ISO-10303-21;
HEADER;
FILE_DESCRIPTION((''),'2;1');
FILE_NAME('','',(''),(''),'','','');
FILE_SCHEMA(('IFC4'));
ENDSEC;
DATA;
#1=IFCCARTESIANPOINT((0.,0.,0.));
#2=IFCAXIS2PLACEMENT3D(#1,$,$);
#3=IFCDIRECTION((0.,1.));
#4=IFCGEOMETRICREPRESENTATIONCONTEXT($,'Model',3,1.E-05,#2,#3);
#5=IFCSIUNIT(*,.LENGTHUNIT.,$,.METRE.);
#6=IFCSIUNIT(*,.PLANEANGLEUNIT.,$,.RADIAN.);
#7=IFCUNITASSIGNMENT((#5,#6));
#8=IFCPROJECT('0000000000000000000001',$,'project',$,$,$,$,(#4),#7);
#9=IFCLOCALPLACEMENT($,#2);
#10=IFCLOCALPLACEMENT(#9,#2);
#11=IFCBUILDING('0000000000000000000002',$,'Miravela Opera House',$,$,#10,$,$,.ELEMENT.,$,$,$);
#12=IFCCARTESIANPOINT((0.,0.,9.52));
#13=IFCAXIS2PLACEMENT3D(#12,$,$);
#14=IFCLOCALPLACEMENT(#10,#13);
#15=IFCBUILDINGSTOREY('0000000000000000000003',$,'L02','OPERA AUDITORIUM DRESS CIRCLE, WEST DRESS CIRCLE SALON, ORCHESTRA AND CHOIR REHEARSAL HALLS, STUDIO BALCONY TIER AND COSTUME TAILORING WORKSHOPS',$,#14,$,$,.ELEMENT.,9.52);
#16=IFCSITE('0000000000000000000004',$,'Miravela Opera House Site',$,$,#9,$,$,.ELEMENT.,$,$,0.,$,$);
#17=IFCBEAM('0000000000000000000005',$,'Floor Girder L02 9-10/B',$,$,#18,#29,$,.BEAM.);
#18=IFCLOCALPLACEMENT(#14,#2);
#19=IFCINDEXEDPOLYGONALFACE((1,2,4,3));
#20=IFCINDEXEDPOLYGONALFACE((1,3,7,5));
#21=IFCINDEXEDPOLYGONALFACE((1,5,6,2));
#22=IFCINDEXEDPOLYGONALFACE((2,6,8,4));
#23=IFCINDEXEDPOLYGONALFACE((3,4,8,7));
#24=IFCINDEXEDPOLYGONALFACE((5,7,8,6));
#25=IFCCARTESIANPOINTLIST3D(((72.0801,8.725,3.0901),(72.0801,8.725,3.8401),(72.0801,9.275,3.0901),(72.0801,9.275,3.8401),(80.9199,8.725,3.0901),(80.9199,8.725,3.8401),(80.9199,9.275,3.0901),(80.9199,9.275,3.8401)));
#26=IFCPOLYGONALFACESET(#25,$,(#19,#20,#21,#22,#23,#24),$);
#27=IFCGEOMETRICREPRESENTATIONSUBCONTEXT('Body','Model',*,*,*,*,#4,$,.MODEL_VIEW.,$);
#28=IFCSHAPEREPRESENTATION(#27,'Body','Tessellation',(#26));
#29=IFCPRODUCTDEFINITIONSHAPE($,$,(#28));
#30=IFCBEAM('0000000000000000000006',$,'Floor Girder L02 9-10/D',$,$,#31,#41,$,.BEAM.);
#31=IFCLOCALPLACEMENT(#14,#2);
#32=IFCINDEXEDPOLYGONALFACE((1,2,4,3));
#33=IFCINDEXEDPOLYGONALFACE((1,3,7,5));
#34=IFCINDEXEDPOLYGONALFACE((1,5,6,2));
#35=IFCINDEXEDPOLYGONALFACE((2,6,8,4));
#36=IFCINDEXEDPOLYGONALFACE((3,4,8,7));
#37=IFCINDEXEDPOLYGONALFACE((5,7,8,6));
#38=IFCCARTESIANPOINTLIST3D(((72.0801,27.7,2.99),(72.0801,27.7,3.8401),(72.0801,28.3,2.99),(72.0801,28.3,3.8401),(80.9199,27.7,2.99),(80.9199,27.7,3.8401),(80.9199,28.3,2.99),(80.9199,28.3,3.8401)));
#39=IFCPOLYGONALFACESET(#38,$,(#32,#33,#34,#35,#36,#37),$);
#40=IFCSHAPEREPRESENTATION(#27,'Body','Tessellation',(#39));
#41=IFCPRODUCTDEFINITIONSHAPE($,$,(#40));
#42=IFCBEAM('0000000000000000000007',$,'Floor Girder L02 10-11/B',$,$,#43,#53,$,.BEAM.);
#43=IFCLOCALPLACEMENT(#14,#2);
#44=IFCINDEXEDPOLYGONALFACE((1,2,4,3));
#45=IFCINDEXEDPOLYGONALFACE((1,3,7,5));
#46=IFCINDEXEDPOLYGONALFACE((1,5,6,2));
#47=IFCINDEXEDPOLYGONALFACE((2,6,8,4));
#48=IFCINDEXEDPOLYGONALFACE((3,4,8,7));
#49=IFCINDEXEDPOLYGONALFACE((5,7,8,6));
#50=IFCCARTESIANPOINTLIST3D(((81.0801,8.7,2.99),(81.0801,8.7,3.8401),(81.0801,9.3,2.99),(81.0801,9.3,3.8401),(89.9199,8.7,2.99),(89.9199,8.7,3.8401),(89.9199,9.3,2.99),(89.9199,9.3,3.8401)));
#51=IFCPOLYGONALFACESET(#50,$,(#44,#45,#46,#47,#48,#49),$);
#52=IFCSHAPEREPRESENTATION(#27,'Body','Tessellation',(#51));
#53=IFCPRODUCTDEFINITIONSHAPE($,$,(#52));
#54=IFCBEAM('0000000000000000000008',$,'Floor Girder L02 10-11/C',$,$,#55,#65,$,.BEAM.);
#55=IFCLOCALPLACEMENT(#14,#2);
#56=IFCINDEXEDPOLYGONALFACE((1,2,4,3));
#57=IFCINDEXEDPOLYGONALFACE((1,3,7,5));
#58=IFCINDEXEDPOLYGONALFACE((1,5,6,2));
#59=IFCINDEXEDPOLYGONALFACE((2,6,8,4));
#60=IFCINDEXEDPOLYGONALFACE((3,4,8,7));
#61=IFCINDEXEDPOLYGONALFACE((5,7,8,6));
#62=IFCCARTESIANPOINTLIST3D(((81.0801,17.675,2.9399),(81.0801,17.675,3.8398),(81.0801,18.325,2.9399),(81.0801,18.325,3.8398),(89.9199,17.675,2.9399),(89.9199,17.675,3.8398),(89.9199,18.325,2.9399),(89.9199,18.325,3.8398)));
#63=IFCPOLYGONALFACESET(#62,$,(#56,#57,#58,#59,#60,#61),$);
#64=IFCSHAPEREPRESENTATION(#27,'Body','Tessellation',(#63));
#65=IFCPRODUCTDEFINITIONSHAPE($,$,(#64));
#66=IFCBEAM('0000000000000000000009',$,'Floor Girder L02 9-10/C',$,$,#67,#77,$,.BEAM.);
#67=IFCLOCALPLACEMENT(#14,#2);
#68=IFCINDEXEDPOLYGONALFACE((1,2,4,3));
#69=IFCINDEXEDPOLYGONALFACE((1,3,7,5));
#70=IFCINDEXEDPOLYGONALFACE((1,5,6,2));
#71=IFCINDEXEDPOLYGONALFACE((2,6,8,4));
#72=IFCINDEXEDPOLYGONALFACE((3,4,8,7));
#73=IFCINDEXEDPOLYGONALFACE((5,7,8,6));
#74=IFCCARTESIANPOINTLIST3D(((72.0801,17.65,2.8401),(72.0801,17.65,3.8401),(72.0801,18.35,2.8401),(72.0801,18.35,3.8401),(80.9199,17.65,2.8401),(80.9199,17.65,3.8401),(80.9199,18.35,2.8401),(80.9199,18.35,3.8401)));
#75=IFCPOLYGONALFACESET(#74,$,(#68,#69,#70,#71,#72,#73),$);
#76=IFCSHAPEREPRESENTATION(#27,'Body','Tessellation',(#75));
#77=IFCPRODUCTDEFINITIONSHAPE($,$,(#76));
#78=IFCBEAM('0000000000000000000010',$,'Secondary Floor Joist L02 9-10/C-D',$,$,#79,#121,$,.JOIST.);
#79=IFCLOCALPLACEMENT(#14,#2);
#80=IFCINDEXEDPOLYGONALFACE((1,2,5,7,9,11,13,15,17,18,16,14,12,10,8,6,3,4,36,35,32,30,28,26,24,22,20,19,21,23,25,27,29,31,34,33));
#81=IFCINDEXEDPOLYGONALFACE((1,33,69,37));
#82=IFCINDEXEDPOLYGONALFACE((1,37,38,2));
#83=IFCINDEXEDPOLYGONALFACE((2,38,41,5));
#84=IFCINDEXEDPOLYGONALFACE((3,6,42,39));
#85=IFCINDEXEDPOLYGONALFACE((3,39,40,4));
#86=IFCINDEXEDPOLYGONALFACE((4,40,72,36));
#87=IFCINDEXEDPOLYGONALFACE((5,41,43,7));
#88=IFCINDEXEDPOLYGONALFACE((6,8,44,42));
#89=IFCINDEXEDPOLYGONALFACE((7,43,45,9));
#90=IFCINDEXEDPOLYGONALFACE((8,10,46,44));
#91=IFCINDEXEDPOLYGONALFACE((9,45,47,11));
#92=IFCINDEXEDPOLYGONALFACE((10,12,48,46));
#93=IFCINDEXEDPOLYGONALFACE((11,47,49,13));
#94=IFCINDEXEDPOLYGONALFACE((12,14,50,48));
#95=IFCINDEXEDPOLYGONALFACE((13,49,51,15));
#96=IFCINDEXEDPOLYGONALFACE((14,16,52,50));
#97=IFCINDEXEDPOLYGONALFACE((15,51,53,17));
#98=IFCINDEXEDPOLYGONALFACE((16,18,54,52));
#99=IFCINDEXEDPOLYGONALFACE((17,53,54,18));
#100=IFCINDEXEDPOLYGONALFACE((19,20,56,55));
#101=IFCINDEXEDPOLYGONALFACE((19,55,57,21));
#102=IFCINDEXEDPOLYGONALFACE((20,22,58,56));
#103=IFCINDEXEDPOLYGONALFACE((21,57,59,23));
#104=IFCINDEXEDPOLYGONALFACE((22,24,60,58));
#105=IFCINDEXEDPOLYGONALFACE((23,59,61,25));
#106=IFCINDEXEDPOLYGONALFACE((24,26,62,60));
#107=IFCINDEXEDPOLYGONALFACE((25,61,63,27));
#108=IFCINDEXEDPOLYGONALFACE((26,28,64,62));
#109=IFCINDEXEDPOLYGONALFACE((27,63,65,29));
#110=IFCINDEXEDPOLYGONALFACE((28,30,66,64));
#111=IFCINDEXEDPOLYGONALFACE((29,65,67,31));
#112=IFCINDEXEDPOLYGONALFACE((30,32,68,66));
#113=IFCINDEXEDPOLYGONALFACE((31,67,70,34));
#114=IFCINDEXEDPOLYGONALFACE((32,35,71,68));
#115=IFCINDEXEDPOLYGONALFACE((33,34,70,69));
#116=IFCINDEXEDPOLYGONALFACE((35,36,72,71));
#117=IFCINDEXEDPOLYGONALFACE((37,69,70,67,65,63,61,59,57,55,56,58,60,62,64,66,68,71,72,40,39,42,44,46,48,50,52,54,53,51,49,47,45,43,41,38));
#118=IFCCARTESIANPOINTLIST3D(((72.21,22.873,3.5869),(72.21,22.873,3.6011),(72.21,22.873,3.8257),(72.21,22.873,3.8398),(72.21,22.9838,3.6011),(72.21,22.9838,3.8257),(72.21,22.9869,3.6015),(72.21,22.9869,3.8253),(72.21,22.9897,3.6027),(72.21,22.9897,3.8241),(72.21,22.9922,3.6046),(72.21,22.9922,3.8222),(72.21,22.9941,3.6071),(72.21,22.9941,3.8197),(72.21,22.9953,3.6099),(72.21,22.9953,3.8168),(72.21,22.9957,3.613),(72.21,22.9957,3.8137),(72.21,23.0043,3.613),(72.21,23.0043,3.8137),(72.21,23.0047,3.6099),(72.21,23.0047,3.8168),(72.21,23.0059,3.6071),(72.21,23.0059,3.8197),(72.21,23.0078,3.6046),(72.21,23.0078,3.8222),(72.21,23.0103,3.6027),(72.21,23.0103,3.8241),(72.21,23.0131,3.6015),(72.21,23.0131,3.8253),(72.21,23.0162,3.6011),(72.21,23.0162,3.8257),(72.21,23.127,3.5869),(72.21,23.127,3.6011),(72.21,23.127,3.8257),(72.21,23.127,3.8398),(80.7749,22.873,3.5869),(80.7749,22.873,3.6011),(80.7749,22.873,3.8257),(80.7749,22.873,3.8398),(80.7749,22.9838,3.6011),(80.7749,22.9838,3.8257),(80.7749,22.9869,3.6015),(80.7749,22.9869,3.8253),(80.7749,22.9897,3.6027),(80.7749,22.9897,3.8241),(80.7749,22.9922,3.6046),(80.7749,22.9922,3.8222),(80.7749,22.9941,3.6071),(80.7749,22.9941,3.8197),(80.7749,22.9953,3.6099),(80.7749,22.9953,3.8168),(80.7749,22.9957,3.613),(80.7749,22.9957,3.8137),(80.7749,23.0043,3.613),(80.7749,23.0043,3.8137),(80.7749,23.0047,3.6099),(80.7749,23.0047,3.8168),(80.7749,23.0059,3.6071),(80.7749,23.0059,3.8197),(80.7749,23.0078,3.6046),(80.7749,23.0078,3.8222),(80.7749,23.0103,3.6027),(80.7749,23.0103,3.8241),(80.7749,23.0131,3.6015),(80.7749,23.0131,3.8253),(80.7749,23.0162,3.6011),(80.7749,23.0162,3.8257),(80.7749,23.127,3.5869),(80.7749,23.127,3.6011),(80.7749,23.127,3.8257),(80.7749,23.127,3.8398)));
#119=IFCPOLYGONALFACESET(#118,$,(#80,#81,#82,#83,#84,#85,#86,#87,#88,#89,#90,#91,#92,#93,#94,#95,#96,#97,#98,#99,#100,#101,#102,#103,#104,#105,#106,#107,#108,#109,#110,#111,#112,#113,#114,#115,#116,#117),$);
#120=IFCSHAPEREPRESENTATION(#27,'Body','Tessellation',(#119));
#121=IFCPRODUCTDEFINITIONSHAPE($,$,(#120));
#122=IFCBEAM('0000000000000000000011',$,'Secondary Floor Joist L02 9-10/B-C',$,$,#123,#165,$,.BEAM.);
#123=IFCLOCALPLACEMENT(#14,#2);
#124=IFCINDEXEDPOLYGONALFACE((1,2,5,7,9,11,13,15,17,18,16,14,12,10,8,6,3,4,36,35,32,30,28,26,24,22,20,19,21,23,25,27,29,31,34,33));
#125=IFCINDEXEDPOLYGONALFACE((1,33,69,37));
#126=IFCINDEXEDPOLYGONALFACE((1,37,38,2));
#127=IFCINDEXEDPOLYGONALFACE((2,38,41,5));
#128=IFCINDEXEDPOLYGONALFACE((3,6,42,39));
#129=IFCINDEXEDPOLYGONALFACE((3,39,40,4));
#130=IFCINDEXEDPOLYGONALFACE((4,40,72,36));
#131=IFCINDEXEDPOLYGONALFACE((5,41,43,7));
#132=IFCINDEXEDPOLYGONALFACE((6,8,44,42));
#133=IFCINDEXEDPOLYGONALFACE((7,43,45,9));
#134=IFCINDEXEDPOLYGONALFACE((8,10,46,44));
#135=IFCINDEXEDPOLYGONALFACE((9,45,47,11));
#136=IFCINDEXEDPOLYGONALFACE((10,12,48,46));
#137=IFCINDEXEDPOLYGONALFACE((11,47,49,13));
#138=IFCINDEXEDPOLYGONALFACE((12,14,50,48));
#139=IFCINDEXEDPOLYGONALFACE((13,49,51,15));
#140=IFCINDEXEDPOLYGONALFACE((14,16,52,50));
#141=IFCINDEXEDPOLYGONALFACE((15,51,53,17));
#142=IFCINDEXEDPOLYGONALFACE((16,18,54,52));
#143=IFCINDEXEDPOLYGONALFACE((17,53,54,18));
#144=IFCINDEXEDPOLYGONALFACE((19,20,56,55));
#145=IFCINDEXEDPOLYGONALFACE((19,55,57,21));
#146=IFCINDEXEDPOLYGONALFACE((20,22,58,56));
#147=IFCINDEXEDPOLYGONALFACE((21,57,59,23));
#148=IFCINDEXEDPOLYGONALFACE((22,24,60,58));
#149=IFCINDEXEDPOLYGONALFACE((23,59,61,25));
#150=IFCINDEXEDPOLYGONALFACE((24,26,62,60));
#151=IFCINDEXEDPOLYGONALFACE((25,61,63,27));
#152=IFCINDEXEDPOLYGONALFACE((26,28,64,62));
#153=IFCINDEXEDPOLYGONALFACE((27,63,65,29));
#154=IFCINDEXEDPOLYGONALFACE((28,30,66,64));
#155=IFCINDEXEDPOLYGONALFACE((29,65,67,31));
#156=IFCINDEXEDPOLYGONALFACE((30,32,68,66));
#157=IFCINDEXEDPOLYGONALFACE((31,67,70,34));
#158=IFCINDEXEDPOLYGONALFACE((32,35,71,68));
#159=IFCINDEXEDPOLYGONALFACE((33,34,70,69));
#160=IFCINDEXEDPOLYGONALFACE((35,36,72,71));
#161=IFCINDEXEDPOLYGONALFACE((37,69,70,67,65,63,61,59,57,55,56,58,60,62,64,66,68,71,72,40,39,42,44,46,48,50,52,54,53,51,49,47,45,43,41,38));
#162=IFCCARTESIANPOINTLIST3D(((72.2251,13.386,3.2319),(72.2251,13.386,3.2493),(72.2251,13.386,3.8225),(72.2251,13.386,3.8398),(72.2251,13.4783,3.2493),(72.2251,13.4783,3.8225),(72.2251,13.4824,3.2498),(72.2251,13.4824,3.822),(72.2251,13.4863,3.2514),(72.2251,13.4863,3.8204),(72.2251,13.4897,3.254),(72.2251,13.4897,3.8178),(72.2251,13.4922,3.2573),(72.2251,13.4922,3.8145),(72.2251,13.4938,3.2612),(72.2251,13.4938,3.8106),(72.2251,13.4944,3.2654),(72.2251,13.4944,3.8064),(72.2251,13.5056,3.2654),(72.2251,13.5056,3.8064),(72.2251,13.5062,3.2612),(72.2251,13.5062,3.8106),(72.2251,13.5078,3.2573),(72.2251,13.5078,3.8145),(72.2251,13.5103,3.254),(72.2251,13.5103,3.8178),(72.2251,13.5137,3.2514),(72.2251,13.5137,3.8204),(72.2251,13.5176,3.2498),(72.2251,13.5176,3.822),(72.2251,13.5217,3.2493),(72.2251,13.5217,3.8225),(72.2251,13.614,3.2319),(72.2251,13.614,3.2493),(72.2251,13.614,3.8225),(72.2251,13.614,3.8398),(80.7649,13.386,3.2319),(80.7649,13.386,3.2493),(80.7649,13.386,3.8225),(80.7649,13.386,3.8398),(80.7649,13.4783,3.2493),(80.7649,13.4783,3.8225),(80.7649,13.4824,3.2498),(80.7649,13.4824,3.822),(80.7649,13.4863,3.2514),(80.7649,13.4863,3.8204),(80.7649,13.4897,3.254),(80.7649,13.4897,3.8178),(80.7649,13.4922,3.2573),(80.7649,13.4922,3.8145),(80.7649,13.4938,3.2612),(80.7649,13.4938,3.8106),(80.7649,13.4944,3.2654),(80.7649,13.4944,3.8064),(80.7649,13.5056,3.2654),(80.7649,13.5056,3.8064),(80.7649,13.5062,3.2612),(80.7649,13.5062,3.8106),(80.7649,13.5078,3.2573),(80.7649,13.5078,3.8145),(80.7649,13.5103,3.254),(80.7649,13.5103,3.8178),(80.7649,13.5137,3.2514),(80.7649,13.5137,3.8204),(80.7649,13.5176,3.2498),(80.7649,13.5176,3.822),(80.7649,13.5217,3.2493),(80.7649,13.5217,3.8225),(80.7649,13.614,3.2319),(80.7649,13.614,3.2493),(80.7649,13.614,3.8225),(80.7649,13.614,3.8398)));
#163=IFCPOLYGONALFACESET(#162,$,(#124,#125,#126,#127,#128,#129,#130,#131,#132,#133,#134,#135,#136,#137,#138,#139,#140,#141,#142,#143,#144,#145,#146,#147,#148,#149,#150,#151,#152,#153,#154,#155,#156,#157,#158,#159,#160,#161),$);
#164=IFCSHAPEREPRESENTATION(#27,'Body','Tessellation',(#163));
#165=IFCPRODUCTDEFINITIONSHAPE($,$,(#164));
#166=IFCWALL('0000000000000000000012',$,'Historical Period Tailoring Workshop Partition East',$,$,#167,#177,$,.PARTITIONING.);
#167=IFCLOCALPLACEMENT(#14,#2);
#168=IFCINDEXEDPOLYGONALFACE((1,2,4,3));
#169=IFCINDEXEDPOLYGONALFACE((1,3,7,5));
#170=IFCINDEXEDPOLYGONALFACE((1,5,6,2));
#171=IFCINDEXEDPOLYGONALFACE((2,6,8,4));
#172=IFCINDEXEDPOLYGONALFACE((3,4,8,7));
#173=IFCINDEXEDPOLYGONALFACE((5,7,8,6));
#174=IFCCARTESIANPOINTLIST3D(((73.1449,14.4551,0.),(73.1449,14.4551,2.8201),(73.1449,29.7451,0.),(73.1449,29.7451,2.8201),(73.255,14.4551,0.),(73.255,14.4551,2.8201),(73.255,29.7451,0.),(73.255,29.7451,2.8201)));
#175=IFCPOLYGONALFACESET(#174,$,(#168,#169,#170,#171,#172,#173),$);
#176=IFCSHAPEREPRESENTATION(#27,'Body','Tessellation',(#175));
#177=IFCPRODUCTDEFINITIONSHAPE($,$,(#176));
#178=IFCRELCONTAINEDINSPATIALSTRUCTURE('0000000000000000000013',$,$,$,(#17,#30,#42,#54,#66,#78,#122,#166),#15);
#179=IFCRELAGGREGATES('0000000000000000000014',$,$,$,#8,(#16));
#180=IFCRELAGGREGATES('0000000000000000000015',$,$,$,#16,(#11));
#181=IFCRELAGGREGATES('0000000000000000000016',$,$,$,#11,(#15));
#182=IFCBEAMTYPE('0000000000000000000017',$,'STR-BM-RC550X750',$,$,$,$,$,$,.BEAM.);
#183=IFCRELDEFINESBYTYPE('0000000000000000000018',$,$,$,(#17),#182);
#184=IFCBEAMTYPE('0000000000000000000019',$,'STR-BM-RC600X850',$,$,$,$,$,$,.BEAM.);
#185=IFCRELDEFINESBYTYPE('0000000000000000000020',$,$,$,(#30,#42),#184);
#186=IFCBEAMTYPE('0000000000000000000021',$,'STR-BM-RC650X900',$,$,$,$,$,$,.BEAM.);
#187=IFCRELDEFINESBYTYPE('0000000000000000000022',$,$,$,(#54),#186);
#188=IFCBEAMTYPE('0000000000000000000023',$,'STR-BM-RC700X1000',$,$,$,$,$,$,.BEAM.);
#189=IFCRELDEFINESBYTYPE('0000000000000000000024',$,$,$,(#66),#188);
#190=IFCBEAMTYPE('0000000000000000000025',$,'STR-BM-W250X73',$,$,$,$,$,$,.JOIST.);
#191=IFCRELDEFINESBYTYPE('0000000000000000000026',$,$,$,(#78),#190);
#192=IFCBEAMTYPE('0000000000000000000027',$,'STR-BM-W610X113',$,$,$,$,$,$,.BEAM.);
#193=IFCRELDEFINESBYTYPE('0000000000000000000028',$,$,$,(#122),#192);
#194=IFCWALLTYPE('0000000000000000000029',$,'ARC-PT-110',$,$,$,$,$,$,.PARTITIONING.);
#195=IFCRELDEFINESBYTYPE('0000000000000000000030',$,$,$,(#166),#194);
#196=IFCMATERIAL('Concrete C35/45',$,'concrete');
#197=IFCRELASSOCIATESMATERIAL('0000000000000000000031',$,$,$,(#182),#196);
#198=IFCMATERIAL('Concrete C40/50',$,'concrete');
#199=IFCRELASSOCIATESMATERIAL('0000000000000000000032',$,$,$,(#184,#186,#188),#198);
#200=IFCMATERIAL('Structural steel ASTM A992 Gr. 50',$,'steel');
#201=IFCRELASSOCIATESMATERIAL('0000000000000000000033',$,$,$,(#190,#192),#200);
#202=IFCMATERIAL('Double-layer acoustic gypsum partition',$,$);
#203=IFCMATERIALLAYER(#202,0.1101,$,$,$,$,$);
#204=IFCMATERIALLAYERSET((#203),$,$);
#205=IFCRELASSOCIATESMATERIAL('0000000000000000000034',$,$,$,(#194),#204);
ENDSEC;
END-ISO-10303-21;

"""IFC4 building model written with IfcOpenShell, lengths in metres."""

from ifc_helpers import new_model, si_unit, direction, frame, frame_2d, origin, origin_2d, place, context, subcontext, project, spatial, rectangle, i_section, extrude, material, layer, layer_set, material_profile, profile_set, type_object, element, save


model = new_model("IFC4")

# Units and contexts
model_context = context("Model", 3, precision=1e-05, world=origin(), true_north=direction((0.0, 1.0)))
body_context = subcontext(model_context, "Body", "Model", "MODEL_VIEW")
ifc_project = project(units=[si_unit("LENGTHUNIT", "METRE"), si_unit("PLANEANGLEUNIT", "RADIAN")], contexts=[model_context])

# Site, building, storey
site_placement = place(None, origin())
site = spatial("IfcSite", under=ifc_project, at=site_placement, Name="Miravela Opera House Site", CompositionType="ELEMENT", RefElevation=0.0)
building_placement = place(site_placement, origin())
building = spatial("IfcBuilding", under=site, at=building_placement, Name="Miravela Opera House", CompositionType="ELEMENT")
storey_placement = place(building_placement, frame((0.0, 0.0, 9.52)))
storey = spatial("IfcBuildingStorey", under=building, at=storey_placement, Name="L02", Description="OPERA AUDITORIUM DRESS CIRCLE, WEST DRESS CIRCLE SALON, ORCHESTRA AND CHOIR REHEARSAL HALLS, STUDIO BALCONY TIER AND COSTUME TAILORING WORKSHOPS", CompositionType="ELEMENT", Elevation=9.52)

# Shared definitions
ifc_material_1 = material(Name="Concrete C35/45", Category="concrete")

# Beams
ifc_material_profile_1 = material_profile(ifc_material_1, rectangle(XDim=0.55, YDim=0.75, at=origin_2d()), Name="RC-BM-550X750")
ifc_profile_set_1 = profile_set([ifc_material_profile_1])
beam_type_1 = type_object("IfcBeamType", Name="STR-BM-RC550X750", PredefinedType="BEAM", material=ifc_profile_set_1)
beam_1_placement = place(storey_placement, frame((72.0801, 9.0, 3.4651), z_axis=(1.0, 0.0, 0.0), x_axis=(0.0, 1.0, 0.0)))
element("IfcBeam", 1, at=beam_1_placement, inside=storey, type_object=beam_type_1, Name="Floor Girder L02 9-10/B", PredefinedType="BEAM", context=body_context, shape_type="SweptSolid", body=[
    extrude(rectangle(XDim=0.55, YDim=0.75, at=origin_2d()), origin(), (0.0, 0.0, 1.0), 8.8398),
])
ifc_material_2 = material(Name="Concrete C40/50", Category="concrete")
ifc_material_profile_2 = material_profile(ifc_material_2, rectangle(XDim=0.6001, YDim=0.8501, at=origin_2d()), Name="RC-BM-600X850")
ifc_profile_set_2 = profile_set([ifc_material_profile_2])
beam_type_2 = type_object("IfcBeamType", Name="STR-BM-RC600X850", PredefinedType="BEAM", material=ifc_profile_set_2)
for number, where, z_axis, x_axis, name in (
    (2, (72.0801, 28.0, 3.415), (1.0, 0.0, 0.0), (0.0, 1.0, 0.0), "Floor Girder L02 9-10/D"),
    (3, (81.0801, 9.0, 3.415), (1.0, 0.0, 0.0), (0.0, 1.0, 0.0), "Floor Girder L02 10-11/B"),
):
    element("IfcBeam", number, at=place(storey_placement, frame(where, z_axis=z_axis, x_axis=x_axis)), inside=storey, type_object=beam_type_2, Name=name, PredefinedType="BEAM", context=body_context, shape_type="SweptSolid", body=[
        extrude(rectangle(XDim=0.6001, YDim=0.8501, at=origin_2d()), origin(), (0.0, 0.0, 1.0), 8.8398),
    ])
ifc_material_profile_3 = material_profile(ifc_material_2, rectangle(XDim=0.6499, YDim=0.8999, at=origin_2d()), Name="RC-BM-650X900")
ifc_profile_set_3 = profile_set([ifc_material_profile_3])
beam_type_3 = type_object("IfcBeamType", Name="STR-BM-RC650X900", PredefinedType="BEAM", material=ifc_profile_set_3)
beam_2_placement = place(storey_placement, frame((81.0801, 18.0, 3.3899), z_axis=(1.0, 0.0, 0.0), x_axis=(0.0, 1.0, 0.0)))
element("IfcBeam", 4, at=beam_2_placement, inside=storey, type_object=beam_type_3, Name="Floor Girder L02 10-11/C", PredefinedType="BEAM", context=body_context, shape_type="SweptSolid", body=[
    extrude(rectangle(XDim=0.6499, YDim=0.8999, at=origin_2d()), origin(), (0.0, 0.0, 1.0), 8.8398),
])
ifc_material_profile_4 = material_profile(ifc_material_2, rectangle(XDim=0.7, YDim=1.0, at=origin_2d()), Name="RC-BM-700X1000")
ifc_profile_set_4 = profile_set([ifc_material_profile_4])
beam_type_4 = type_object("IfcBeamType", Name="STR-BM-RC700X1000", PredefinedType="BEAM", material=ifc_profile_set_4)
beam_3_placement = place(storey_placement, frame((72.0801, 18.0, 3.3401), z_axis=(1.0, 0.0, 0.0), x_axis=(0.0, 1.0, 0.0)))
element("IfcBeam", 5, at=beam_3_placement, inside=storey, type_object=beam_type_4, Name="Floor Girder L02 9-10/C", PredefinedType="BEAM", context=body_context, shape_type="SweptSolid", body=[
    extrude(rectangle(XDim=0.7, YDim=1.0, at=origin_2d()), origin(), (0.0, 0.0, 1.0), 8.8398),
])
ifc_material_3 = material(Name="Structural steel ASTM A992 Gr. 50", Category="steel")
ifc_material_profile_5 = material_profile(ifc_material_3, i_section(OverallWidth=0.2539, OverallDepth=0.2529, WebThickness=0.0085, FlangeThickness=0.0142, FilletRadius=0.012, at=origin_2d()), Name="W250X73")
ifc_profile_set_5 = profile_set([ifc_material_profile_5])
beam_type_5 = type_object("IfcBeamType", Name="STR-BM-W250X73", PredefinedType="JOIST", material=ifc_profile_set_5)
beam_4_placement = place(storey_placement, frame((72.21, 23.0, 3.7134), z_axis=(1.0, 0.0, 0.0), x_axis=(0.0, 1.0, 0.0)))
element("IfcBeam", 6, at=beam_4_placement, inside=storey, type_object=beam_type_5, Name="Secondary Floor Joist L02 9-10/C-D", PredefinedType="JOIST", context=body_context, shape_type="SweptSolid", body=[
    extrude(i_section(OverallWidth=0.2539, OverallDepth=0.2529, WebThickness=0.0085, FlangeThickness=0.0142, FilletRadius=0.012, at=origin_2d()), origin(), (0.0, 0.0, 1.0), 8.5649),
])
ifc_material_profile_6 = material_profile(ifc_material_3, i_section(OverallWidth=0.228, OverallDepth=0.6079, WebThickness=0.0112, FlangeThickness=0.0173, FilletRadius=0.0161, at=origin_2d()), Name="W610X113")
ifc_profile_set_6 = profile_set([ifc_material_profile_6])
beam_type_6 = type_object("IfcBeamType", Name="STR-BM-W610X113", PredefinedType="BEAM", material=ifc_profile_set_6)
beam_5_placement = place(storey_placement, frame((72.2251, 13.5, 3.5359), z_axis=(1.0, 0.0, 0.0), x_axis=(0.0, 1.0, 0.0)))
element("IfcBeam", 7, at=beam_5_placement, inside=storey, type_object=beam_type_6, Name="Secondary Floor Joist L02 9-10/B-C", PredefinedType="BEAM", context=body_context, shape_type="SweptSolid", body=[
    extrude(i_section(OverallWidth=0.228, OverallDepth=0.6079, WebThickness=0.0112, FlangeThickness=0.0173, FilletRadius=0.0161, at=origin_2d()), origin(), (0.0, 0.0, 1.0), 8.5398),
])

# Wall
ifc_material_4 = material(Name="Double-layer acoustic gypsum partition")
ifc_layer_1 = layer(ifc_material_4, 0.1101)
ifc_layer_set_1 = layer_set([ifc_layer_1])
wall_type_1 = type_object("IfcWallType", Name="ARC-PT-110", PredefinedType="PARTITIONING", material=ifc_layer_set_1)
wall_1_placement = place(storey_placement, frame((73.2, 14.4551, 0.0), z_axis=(0.0, 0.0, 1.0), x_axis=(0.0, 1.0, 0.0)))
element("IfcWall", 8, at=wall_1_placement, inside=storey, type_object=wall_type_1, Name="Historical Period Tailoring Workshop Partition East", PredefinedType="PARTITIONING", context=body_context, shape_type="SweptSolid", body=[
    extrude(rectangle(XDim=15.29, YDim=0.1101, at=frame_2d((7.645, 0.0))), origin(), (0.0, 0.0, 1.0), 2.8201),
])

save(model, "model.ifc")
